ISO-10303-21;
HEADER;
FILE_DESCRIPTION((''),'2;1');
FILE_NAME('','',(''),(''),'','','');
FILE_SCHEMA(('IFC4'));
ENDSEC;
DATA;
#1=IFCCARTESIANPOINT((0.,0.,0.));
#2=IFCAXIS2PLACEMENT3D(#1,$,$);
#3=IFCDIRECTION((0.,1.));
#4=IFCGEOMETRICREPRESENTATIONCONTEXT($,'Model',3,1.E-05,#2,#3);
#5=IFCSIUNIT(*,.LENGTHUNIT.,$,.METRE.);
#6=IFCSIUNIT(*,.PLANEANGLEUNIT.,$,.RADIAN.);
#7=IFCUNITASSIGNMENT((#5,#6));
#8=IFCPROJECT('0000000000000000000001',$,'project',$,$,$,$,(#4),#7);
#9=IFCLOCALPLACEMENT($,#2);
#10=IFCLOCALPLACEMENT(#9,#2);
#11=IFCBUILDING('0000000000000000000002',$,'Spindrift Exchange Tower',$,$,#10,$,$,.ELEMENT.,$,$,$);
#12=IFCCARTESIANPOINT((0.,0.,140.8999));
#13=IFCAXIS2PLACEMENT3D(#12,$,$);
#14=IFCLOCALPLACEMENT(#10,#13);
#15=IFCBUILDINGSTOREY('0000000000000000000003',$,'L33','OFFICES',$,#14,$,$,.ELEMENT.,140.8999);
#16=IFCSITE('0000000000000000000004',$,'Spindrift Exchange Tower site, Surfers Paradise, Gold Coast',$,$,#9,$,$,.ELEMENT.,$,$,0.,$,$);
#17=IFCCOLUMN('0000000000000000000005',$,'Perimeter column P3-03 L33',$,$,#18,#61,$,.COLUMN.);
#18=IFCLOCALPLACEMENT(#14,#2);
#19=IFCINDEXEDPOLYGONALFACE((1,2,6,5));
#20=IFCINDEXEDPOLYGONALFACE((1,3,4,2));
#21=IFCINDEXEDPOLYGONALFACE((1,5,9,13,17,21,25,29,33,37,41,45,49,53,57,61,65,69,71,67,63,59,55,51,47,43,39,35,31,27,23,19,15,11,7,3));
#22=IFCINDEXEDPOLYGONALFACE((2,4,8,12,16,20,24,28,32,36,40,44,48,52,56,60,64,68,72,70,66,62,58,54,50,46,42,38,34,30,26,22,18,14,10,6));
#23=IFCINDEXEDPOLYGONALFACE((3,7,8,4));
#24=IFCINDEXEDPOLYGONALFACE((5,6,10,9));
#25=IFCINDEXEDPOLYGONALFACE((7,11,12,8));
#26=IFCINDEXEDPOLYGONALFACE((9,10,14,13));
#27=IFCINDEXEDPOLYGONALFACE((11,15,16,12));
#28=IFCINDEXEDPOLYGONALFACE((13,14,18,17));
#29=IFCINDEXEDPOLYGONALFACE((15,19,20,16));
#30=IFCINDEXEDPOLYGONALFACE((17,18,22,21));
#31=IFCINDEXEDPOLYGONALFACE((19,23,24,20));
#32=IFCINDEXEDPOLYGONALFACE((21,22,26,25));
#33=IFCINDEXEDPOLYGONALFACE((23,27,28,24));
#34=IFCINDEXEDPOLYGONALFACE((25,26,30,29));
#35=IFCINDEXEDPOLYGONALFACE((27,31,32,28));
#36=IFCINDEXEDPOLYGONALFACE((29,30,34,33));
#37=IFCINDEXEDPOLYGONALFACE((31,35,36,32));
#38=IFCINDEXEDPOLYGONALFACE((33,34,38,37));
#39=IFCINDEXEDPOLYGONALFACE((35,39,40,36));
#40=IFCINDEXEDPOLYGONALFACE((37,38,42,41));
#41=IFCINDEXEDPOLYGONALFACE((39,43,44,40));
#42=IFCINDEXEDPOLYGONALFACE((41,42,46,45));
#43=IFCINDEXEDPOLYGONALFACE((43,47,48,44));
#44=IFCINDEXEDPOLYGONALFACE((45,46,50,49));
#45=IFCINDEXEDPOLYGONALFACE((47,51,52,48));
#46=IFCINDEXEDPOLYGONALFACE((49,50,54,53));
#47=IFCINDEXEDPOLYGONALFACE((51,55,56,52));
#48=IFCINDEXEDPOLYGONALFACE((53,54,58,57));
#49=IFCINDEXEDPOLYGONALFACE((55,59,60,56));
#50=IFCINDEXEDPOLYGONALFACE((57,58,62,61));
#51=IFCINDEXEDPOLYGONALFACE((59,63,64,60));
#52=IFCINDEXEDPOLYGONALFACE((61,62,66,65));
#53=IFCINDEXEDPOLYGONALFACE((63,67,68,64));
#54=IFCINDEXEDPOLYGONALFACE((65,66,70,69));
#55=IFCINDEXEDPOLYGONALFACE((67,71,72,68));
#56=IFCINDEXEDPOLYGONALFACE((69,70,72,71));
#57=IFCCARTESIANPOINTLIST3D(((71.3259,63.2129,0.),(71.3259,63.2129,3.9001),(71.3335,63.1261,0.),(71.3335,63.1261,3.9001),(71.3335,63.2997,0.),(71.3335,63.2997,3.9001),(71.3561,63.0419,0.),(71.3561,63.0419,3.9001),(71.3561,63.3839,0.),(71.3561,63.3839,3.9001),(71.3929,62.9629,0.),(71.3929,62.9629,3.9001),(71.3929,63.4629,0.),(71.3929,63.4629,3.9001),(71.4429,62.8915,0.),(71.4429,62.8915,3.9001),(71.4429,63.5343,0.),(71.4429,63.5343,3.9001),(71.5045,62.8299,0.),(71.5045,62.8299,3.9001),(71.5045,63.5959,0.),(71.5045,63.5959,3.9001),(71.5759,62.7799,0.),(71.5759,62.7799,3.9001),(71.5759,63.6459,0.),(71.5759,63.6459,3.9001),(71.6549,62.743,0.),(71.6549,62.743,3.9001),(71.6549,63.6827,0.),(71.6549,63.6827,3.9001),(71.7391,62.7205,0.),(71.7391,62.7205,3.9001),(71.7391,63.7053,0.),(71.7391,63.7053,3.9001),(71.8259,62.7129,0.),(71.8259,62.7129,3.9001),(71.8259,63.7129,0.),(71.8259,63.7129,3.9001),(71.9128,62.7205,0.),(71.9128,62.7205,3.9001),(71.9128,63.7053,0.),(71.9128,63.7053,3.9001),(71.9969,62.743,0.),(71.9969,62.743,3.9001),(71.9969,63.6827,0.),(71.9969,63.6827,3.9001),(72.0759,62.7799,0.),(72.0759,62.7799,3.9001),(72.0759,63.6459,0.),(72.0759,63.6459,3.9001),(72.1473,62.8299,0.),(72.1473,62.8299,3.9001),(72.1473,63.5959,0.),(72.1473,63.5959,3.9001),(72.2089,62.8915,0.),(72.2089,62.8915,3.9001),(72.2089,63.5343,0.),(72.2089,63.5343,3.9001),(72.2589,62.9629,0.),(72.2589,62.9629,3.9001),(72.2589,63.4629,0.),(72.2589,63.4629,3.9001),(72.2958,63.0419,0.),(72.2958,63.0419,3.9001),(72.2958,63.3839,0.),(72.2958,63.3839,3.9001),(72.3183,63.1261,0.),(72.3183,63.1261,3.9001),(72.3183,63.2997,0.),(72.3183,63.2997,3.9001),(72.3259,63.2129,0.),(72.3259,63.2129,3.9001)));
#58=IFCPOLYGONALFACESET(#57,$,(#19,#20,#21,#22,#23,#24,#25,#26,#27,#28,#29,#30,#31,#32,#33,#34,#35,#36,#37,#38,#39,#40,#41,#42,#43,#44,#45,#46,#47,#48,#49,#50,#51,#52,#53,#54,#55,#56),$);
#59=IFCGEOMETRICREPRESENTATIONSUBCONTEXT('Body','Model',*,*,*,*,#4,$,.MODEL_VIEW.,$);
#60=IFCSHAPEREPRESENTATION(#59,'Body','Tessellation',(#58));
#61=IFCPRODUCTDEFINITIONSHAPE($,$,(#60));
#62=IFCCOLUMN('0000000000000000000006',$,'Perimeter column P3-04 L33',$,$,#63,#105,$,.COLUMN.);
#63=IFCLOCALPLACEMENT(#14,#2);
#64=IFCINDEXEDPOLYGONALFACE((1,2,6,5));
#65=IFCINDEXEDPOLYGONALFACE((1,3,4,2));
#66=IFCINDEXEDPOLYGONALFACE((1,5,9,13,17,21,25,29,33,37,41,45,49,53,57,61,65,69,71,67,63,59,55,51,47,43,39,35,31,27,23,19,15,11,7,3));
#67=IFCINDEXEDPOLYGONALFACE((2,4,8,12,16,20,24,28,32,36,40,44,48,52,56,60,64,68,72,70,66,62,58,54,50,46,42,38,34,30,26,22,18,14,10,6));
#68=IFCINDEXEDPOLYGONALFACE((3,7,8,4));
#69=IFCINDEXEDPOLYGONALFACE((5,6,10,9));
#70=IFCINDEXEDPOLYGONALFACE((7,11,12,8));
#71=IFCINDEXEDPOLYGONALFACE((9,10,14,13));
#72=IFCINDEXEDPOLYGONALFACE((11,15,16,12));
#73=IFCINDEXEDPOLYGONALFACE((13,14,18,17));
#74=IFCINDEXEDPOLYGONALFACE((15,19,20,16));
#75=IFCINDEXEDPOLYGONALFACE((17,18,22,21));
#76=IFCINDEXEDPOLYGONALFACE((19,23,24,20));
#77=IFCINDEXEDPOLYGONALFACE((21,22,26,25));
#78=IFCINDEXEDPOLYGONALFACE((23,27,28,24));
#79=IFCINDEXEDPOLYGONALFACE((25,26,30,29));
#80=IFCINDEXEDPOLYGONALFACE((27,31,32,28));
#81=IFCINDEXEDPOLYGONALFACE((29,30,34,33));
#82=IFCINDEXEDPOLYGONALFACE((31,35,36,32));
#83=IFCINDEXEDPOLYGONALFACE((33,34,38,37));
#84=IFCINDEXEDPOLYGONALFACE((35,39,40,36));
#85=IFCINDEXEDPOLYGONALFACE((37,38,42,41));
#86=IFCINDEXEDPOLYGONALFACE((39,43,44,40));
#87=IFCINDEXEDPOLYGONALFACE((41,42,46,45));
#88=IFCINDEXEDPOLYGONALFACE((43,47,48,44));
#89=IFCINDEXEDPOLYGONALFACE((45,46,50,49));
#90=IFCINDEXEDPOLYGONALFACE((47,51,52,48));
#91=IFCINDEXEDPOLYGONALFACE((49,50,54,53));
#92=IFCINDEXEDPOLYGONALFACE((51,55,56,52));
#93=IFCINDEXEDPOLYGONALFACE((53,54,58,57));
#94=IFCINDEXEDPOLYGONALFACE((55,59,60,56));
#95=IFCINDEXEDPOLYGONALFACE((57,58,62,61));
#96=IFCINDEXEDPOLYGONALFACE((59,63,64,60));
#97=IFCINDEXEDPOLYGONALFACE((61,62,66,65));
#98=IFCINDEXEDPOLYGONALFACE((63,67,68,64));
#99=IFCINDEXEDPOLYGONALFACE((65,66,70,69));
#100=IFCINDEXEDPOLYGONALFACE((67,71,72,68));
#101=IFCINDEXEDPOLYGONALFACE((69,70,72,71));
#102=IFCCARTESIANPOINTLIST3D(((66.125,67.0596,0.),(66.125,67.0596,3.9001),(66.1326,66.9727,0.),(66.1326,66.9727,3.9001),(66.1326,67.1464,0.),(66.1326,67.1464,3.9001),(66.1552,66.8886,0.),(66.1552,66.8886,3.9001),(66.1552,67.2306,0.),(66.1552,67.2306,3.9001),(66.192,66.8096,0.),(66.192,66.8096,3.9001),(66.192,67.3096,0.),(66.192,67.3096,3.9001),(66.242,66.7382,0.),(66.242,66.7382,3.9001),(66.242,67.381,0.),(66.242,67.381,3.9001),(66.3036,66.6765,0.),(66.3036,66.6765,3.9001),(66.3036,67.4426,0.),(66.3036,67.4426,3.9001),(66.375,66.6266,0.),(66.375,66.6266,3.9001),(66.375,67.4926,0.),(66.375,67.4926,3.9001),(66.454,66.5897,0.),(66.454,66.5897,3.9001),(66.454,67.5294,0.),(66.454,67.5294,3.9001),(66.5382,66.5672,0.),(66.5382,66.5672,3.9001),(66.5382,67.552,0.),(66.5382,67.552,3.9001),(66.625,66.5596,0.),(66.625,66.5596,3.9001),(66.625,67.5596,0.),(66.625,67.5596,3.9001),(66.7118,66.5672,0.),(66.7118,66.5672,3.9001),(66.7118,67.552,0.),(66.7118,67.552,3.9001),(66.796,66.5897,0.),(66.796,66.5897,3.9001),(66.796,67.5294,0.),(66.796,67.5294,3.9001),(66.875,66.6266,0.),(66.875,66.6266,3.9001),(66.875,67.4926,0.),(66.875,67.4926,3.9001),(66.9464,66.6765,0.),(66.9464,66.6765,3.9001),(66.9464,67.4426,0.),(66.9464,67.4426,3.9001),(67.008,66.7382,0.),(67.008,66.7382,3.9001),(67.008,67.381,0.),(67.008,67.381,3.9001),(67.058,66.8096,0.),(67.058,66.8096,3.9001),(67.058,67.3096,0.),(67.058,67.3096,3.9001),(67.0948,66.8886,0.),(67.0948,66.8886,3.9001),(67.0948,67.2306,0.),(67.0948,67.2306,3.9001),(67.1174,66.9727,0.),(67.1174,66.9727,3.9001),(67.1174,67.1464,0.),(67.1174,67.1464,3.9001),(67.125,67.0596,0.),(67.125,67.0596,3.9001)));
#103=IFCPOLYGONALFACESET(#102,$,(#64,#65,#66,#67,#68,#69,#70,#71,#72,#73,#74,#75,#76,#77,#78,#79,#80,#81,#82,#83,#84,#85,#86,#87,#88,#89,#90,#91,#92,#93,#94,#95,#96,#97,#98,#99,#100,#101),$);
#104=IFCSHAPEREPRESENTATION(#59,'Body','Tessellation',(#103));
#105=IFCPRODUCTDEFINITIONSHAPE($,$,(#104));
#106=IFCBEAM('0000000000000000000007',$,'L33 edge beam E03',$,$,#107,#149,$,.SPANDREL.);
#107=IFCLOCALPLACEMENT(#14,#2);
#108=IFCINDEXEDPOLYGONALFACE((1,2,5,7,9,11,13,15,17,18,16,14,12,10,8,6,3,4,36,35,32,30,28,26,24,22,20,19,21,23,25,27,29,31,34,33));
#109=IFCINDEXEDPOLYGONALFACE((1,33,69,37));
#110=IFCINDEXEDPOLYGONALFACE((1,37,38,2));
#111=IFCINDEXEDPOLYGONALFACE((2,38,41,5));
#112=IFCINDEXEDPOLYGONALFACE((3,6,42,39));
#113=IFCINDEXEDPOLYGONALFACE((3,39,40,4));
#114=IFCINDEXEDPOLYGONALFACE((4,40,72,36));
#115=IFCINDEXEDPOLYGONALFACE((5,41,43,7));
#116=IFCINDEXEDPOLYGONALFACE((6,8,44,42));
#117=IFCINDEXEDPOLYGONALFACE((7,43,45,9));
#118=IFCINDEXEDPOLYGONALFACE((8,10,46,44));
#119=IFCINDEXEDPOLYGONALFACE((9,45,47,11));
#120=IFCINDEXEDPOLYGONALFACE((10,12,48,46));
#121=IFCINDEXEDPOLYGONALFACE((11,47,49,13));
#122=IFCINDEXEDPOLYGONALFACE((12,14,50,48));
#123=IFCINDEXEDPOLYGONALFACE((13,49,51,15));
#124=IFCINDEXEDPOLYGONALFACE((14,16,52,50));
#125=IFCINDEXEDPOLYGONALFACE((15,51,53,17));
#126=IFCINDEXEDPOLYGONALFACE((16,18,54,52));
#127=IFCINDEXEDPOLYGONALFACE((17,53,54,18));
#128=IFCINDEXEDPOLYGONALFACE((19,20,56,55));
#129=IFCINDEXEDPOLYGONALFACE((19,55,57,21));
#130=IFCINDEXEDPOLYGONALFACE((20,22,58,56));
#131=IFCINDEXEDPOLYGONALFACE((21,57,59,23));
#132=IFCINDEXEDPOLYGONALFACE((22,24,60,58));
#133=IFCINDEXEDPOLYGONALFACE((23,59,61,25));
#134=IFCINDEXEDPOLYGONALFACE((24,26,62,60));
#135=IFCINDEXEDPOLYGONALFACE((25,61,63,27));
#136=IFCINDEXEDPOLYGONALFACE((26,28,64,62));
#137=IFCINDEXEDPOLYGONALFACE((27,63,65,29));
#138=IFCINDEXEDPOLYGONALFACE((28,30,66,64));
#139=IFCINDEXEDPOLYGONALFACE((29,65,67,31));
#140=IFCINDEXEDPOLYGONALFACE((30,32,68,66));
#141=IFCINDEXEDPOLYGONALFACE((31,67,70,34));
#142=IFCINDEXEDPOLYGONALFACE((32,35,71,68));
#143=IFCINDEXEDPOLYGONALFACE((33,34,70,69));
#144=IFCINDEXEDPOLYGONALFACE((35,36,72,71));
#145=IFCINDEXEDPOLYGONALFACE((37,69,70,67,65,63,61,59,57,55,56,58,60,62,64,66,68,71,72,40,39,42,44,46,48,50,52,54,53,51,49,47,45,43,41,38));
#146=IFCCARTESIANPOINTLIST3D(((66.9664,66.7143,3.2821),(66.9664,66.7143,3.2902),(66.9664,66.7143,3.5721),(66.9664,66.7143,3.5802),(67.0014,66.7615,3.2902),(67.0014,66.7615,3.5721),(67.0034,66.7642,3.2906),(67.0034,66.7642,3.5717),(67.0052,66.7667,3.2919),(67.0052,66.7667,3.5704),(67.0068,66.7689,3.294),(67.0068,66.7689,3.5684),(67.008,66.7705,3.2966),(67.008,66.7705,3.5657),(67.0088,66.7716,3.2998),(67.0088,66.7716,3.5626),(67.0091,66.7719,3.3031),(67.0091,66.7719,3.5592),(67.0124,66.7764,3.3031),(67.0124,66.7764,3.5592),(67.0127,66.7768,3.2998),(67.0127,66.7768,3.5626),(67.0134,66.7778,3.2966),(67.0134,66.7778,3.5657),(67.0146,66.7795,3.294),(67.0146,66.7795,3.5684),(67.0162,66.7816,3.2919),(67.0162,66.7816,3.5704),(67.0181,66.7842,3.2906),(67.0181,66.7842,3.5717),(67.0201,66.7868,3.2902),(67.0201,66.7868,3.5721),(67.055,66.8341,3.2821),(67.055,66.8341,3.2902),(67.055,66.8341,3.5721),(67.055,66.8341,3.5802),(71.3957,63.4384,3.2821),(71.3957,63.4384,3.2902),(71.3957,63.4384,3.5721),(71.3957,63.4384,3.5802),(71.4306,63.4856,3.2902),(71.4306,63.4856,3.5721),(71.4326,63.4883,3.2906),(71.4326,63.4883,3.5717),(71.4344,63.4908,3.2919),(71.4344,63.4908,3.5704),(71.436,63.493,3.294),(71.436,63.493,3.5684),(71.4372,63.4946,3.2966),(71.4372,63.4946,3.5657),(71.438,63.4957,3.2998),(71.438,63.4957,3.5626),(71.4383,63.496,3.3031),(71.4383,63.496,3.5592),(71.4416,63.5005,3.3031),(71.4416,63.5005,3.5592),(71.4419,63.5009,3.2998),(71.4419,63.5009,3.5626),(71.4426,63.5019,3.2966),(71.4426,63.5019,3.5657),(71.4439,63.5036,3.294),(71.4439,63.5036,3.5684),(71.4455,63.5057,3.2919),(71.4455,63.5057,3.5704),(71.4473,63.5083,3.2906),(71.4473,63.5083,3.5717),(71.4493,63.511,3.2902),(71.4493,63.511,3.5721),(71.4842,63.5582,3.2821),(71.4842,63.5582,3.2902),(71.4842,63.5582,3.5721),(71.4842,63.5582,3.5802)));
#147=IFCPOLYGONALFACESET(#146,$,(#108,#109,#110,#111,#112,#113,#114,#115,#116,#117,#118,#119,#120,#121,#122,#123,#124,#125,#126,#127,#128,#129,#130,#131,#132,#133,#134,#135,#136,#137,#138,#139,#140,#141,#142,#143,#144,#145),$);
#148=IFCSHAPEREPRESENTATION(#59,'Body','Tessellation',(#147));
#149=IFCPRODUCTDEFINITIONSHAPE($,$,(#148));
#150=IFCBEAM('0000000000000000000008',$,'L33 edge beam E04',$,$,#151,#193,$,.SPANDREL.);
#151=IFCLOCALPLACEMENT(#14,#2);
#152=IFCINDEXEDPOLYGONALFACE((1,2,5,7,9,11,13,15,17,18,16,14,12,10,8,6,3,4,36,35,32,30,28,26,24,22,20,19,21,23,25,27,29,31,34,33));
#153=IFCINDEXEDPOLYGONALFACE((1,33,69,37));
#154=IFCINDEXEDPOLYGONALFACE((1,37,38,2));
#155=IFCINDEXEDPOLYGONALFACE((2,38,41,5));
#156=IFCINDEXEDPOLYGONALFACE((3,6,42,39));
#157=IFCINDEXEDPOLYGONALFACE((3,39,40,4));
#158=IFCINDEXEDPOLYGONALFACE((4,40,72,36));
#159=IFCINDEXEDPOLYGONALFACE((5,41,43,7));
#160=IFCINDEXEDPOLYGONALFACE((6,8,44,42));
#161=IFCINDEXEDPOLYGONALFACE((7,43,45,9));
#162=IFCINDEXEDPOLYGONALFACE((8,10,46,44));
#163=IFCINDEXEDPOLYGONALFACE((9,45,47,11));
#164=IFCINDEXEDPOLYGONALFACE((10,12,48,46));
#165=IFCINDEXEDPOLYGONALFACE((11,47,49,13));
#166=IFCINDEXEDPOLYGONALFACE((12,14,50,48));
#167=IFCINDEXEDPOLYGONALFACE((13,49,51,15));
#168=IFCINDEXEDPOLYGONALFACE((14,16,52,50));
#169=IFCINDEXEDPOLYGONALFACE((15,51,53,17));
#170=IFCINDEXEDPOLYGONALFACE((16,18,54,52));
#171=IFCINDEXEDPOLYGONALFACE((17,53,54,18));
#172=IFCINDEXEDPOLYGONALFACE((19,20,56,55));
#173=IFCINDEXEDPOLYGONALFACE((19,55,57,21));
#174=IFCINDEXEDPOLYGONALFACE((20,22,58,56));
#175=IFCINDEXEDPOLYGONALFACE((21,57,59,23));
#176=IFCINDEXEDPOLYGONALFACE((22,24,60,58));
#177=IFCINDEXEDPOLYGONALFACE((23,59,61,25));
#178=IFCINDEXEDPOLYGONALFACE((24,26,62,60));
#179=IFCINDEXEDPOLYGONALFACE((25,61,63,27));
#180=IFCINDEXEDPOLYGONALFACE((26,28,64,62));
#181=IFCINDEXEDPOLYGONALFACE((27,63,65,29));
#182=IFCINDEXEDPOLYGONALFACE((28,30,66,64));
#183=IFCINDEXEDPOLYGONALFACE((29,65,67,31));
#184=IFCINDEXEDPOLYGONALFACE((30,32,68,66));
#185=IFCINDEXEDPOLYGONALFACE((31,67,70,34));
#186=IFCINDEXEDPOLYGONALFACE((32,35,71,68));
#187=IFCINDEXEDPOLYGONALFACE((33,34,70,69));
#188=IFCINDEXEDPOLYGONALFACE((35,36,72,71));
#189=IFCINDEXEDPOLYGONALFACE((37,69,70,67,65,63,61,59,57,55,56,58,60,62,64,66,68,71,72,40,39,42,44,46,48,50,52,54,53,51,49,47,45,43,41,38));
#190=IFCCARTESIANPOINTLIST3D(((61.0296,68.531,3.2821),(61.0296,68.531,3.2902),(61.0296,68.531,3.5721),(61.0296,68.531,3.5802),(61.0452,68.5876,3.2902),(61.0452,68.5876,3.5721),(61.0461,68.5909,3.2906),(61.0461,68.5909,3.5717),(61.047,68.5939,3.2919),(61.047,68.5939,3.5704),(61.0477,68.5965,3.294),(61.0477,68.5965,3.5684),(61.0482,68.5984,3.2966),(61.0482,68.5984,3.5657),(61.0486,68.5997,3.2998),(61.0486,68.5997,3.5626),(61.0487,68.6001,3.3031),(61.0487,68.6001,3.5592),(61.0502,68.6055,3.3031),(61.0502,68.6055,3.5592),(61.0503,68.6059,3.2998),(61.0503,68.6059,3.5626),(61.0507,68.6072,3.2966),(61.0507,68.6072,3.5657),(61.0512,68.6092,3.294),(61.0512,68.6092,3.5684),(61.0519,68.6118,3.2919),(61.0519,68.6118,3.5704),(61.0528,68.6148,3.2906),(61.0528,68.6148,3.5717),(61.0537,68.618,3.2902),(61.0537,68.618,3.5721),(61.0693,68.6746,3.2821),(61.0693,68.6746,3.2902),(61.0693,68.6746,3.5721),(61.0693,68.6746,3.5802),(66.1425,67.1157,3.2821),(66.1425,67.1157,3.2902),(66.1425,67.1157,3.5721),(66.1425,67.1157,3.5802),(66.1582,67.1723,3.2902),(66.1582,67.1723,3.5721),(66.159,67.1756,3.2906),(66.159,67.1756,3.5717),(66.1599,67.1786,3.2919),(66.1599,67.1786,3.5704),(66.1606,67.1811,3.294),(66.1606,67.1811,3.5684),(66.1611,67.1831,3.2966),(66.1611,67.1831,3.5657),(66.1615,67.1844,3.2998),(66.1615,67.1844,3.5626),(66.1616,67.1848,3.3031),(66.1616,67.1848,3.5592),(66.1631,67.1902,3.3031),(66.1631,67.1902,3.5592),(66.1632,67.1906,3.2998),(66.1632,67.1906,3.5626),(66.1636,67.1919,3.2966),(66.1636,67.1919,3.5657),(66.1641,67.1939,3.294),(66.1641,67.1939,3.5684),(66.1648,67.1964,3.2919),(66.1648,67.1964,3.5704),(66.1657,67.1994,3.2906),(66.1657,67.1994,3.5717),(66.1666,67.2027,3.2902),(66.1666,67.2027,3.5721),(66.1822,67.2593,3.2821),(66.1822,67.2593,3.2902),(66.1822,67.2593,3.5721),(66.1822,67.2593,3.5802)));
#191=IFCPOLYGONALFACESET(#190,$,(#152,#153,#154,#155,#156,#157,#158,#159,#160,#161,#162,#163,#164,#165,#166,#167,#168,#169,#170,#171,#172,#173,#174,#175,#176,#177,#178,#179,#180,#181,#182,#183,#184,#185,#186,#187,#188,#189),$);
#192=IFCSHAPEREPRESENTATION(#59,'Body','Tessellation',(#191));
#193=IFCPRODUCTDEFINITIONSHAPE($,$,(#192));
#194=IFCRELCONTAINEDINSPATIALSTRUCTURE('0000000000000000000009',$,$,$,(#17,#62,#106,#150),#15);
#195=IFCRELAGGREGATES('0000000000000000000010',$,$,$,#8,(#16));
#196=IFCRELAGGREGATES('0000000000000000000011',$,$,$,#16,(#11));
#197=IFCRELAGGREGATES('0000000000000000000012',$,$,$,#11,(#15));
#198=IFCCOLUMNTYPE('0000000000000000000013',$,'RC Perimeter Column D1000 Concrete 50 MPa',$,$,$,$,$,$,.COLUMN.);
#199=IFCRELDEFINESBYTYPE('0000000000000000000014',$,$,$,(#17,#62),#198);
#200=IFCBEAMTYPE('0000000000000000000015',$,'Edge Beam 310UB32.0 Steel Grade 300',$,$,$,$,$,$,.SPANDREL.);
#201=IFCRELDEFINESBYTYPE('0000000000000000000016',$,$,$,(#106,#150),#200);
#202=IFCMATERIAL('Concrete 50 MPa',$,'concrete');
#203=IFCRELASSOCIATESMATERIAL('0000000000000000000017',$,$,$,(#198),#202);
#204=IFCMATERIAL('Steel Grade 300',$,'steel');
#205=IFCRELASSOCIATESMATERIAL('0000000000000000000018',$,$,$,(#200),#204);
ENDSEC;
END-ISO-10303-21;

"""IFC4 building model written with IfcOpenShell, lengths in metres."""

from ifc_helpers import new_model, si_unit, direction, frame, origin, origin_2d, place, context, subcontext, project, spatial, circle, i_section, extrude, source, transform, mapped, material, material_profile, profile_set, type_object, element, save


model = new_model("IFC4")

# Units and contexts
model_context = context("Model", 3, precision=1e-05, world=origin(), true_north=direction((0.0, 1.0)))
body_context = subcontext(model_context, "Body", "Model", "MODEL_VIEW")
ifc_project = project(units=[si_unit("LENGTHUNIT", "METRE"), si_unit("PLANEANGLEUNIT", "RADIAN")], contexts=[model_context])

# Site, building, storey
site_placement = place(None, origin())
site = spatial("IfcSite", under=ifc_project, at=site_placement, Name="Spindrift Exchange Tower site, Surfers Paradise, Gold Coast", CompositionType="ELEMENT", RefElevation=0.0)
building_placement = place(site_placement, origin())
building = spatial("IfcBuilding", under=site, at=building_placement, Name="Spindrift Exchange Tower", CompositionType="ELEMENT")
storey_placement = place(building_placement, frame((0.0, 0.0, 140.8999)))
storey = spatial("IfcBuildingStorey", under=building, at=storey_placement, Name="L33", Description="OFFICES", CompositionType="ELEMENT", Elevation=140.8999)

# Columns
ifc_material_1 = material(Name="Concrete 50 MPa", Category="concrete")
ifc_material_profile_1 = material_profile(ifc_material_1, circle(Radius=0.5, at=origin_2d()), Name="RC D1000")
ifc_profile_set_1 = profile_set([ifc_material_profile_1], Name="Concrete 50 MPa")
column_type = type_object("IfcColumnType", Name="RC Perimeter Column D1000 Concrete 50 MPa", PredefinedType="COLUMN", material=ifc_profile_set_1)
shared_shape_1 = source(origin(), body_context, "Body", "SweptSolid", [
    extrude(circle(Radius=0.5, at=origin_2d()), origin(), (0.0, 0.0, 1.0), 3.9001),
])
for number, where, z_axis, x_axis, name in (
    (1, (71.8259, 63.2129, 0.0), (0.0, 0.0, 1.0), (1.0, 0.0, 0.0), "Perimeter column P3-03 L33"),
    (2, (66.625, 67.0596, 0.0), (0.0, 0.0, 1.0), (1.0, 0.0, 0.0), "Perimeter column P3-04 L33"),
):
    element("IfcColumn", number, at=place(storey_placement, frame(where, z_axis=z_axis, x_axis=x_axis)), inside=storey, type_object=column_type, Name=name, PredefinedType="COLUMN", context=body_context, shape_type="MappedRepresentation", body=[
        mapped(shared_shape_1, transform((0.0, 0.0, 0.0), scale=1.0)),
    ])

# Beams
ifc_material_2 = material(Name="Steel Grade 300", Category="steel")
ifc_material_profile_2 = material_profile(ifc_material_2, i_section(OverallWidth=0.1489, OverallDepth=0.2981, WebThickness=0.0056, FlangeThickness=0.0081, FilletRadius=0.0129, at=origin_2d()), Name="310UB32.0")
ifc_profile_set_2 = profile_set([ifc_material_profile_2], Name="Steel Grade 300")
beam_type_1 = type_object("IfcBeamType", Name="Edge Beam 310UB32.0 Steel Grade 300", PredefinedType="SPANDREL", material=ifc_profile_set_2)
shared_shape_2 = source(origin(), body_context, "Body", "SweptSolid", [
    extrude(i_section(OverallWidth=0.1489, OverallDepth=0.2981, WebThickness=0.0056, FlangeThickness=0.0081, FilletRadius=0.0129, at=origin_2d()), origin(), (0.0, 0.0, 1.0), 5.509),
])
beam_1_placement = place(storey_placement, frame((71.4399, 63.4983, 3.4312), z_axis=(-0.803992, 0.59464, 0.0), x_axis=(-0.59464, -0.803992, 0.0)))
element("IfcBeam", 3, at=beam_1_placement, inside=storey, type_object=beam_type_1, Name="L33 edge beam E03", PredefinedType="SPANDREL", context=body_context, shape_type="MappedRepresentation", body=[
    mapped(shared_shape_2, transform((0.0, 0.0, 0.0), scale=1.0)),
])
shared_shape_3 = source(origin(), body_context, "Body", "SweptSolid", [
    extrude(i_section(OverallWidth=0.1489, OverallDepth=0.2981, WebThickness=0.0056, FlangeThickness=0.0081, FilletRadius=0.0129, at=origin_2d()), origin(), (0.0, 0.0, 1.0), 5.3052),
])
beam_2_placement = place(storey_placement, frame((66.1624, 67.1875, 3.4312), z_axis=(-0.963758, 0.26678, 0.0), x_axis=(-0.26678, -0.963758, 0.0)))
element("IfcBeam", 4, at=beam_2_placement, inside=storey, type_object=beam_type_1, Name="L33 edge beam E04", PredefinedType="SPANDREL", context=body_context, shape_type="MappedRepresentation", body=[
    mapped(shared_shape_3, transform((0.0, 0.0, 0.0), scale=1.0)),
])

save(model, "model.ifc")
